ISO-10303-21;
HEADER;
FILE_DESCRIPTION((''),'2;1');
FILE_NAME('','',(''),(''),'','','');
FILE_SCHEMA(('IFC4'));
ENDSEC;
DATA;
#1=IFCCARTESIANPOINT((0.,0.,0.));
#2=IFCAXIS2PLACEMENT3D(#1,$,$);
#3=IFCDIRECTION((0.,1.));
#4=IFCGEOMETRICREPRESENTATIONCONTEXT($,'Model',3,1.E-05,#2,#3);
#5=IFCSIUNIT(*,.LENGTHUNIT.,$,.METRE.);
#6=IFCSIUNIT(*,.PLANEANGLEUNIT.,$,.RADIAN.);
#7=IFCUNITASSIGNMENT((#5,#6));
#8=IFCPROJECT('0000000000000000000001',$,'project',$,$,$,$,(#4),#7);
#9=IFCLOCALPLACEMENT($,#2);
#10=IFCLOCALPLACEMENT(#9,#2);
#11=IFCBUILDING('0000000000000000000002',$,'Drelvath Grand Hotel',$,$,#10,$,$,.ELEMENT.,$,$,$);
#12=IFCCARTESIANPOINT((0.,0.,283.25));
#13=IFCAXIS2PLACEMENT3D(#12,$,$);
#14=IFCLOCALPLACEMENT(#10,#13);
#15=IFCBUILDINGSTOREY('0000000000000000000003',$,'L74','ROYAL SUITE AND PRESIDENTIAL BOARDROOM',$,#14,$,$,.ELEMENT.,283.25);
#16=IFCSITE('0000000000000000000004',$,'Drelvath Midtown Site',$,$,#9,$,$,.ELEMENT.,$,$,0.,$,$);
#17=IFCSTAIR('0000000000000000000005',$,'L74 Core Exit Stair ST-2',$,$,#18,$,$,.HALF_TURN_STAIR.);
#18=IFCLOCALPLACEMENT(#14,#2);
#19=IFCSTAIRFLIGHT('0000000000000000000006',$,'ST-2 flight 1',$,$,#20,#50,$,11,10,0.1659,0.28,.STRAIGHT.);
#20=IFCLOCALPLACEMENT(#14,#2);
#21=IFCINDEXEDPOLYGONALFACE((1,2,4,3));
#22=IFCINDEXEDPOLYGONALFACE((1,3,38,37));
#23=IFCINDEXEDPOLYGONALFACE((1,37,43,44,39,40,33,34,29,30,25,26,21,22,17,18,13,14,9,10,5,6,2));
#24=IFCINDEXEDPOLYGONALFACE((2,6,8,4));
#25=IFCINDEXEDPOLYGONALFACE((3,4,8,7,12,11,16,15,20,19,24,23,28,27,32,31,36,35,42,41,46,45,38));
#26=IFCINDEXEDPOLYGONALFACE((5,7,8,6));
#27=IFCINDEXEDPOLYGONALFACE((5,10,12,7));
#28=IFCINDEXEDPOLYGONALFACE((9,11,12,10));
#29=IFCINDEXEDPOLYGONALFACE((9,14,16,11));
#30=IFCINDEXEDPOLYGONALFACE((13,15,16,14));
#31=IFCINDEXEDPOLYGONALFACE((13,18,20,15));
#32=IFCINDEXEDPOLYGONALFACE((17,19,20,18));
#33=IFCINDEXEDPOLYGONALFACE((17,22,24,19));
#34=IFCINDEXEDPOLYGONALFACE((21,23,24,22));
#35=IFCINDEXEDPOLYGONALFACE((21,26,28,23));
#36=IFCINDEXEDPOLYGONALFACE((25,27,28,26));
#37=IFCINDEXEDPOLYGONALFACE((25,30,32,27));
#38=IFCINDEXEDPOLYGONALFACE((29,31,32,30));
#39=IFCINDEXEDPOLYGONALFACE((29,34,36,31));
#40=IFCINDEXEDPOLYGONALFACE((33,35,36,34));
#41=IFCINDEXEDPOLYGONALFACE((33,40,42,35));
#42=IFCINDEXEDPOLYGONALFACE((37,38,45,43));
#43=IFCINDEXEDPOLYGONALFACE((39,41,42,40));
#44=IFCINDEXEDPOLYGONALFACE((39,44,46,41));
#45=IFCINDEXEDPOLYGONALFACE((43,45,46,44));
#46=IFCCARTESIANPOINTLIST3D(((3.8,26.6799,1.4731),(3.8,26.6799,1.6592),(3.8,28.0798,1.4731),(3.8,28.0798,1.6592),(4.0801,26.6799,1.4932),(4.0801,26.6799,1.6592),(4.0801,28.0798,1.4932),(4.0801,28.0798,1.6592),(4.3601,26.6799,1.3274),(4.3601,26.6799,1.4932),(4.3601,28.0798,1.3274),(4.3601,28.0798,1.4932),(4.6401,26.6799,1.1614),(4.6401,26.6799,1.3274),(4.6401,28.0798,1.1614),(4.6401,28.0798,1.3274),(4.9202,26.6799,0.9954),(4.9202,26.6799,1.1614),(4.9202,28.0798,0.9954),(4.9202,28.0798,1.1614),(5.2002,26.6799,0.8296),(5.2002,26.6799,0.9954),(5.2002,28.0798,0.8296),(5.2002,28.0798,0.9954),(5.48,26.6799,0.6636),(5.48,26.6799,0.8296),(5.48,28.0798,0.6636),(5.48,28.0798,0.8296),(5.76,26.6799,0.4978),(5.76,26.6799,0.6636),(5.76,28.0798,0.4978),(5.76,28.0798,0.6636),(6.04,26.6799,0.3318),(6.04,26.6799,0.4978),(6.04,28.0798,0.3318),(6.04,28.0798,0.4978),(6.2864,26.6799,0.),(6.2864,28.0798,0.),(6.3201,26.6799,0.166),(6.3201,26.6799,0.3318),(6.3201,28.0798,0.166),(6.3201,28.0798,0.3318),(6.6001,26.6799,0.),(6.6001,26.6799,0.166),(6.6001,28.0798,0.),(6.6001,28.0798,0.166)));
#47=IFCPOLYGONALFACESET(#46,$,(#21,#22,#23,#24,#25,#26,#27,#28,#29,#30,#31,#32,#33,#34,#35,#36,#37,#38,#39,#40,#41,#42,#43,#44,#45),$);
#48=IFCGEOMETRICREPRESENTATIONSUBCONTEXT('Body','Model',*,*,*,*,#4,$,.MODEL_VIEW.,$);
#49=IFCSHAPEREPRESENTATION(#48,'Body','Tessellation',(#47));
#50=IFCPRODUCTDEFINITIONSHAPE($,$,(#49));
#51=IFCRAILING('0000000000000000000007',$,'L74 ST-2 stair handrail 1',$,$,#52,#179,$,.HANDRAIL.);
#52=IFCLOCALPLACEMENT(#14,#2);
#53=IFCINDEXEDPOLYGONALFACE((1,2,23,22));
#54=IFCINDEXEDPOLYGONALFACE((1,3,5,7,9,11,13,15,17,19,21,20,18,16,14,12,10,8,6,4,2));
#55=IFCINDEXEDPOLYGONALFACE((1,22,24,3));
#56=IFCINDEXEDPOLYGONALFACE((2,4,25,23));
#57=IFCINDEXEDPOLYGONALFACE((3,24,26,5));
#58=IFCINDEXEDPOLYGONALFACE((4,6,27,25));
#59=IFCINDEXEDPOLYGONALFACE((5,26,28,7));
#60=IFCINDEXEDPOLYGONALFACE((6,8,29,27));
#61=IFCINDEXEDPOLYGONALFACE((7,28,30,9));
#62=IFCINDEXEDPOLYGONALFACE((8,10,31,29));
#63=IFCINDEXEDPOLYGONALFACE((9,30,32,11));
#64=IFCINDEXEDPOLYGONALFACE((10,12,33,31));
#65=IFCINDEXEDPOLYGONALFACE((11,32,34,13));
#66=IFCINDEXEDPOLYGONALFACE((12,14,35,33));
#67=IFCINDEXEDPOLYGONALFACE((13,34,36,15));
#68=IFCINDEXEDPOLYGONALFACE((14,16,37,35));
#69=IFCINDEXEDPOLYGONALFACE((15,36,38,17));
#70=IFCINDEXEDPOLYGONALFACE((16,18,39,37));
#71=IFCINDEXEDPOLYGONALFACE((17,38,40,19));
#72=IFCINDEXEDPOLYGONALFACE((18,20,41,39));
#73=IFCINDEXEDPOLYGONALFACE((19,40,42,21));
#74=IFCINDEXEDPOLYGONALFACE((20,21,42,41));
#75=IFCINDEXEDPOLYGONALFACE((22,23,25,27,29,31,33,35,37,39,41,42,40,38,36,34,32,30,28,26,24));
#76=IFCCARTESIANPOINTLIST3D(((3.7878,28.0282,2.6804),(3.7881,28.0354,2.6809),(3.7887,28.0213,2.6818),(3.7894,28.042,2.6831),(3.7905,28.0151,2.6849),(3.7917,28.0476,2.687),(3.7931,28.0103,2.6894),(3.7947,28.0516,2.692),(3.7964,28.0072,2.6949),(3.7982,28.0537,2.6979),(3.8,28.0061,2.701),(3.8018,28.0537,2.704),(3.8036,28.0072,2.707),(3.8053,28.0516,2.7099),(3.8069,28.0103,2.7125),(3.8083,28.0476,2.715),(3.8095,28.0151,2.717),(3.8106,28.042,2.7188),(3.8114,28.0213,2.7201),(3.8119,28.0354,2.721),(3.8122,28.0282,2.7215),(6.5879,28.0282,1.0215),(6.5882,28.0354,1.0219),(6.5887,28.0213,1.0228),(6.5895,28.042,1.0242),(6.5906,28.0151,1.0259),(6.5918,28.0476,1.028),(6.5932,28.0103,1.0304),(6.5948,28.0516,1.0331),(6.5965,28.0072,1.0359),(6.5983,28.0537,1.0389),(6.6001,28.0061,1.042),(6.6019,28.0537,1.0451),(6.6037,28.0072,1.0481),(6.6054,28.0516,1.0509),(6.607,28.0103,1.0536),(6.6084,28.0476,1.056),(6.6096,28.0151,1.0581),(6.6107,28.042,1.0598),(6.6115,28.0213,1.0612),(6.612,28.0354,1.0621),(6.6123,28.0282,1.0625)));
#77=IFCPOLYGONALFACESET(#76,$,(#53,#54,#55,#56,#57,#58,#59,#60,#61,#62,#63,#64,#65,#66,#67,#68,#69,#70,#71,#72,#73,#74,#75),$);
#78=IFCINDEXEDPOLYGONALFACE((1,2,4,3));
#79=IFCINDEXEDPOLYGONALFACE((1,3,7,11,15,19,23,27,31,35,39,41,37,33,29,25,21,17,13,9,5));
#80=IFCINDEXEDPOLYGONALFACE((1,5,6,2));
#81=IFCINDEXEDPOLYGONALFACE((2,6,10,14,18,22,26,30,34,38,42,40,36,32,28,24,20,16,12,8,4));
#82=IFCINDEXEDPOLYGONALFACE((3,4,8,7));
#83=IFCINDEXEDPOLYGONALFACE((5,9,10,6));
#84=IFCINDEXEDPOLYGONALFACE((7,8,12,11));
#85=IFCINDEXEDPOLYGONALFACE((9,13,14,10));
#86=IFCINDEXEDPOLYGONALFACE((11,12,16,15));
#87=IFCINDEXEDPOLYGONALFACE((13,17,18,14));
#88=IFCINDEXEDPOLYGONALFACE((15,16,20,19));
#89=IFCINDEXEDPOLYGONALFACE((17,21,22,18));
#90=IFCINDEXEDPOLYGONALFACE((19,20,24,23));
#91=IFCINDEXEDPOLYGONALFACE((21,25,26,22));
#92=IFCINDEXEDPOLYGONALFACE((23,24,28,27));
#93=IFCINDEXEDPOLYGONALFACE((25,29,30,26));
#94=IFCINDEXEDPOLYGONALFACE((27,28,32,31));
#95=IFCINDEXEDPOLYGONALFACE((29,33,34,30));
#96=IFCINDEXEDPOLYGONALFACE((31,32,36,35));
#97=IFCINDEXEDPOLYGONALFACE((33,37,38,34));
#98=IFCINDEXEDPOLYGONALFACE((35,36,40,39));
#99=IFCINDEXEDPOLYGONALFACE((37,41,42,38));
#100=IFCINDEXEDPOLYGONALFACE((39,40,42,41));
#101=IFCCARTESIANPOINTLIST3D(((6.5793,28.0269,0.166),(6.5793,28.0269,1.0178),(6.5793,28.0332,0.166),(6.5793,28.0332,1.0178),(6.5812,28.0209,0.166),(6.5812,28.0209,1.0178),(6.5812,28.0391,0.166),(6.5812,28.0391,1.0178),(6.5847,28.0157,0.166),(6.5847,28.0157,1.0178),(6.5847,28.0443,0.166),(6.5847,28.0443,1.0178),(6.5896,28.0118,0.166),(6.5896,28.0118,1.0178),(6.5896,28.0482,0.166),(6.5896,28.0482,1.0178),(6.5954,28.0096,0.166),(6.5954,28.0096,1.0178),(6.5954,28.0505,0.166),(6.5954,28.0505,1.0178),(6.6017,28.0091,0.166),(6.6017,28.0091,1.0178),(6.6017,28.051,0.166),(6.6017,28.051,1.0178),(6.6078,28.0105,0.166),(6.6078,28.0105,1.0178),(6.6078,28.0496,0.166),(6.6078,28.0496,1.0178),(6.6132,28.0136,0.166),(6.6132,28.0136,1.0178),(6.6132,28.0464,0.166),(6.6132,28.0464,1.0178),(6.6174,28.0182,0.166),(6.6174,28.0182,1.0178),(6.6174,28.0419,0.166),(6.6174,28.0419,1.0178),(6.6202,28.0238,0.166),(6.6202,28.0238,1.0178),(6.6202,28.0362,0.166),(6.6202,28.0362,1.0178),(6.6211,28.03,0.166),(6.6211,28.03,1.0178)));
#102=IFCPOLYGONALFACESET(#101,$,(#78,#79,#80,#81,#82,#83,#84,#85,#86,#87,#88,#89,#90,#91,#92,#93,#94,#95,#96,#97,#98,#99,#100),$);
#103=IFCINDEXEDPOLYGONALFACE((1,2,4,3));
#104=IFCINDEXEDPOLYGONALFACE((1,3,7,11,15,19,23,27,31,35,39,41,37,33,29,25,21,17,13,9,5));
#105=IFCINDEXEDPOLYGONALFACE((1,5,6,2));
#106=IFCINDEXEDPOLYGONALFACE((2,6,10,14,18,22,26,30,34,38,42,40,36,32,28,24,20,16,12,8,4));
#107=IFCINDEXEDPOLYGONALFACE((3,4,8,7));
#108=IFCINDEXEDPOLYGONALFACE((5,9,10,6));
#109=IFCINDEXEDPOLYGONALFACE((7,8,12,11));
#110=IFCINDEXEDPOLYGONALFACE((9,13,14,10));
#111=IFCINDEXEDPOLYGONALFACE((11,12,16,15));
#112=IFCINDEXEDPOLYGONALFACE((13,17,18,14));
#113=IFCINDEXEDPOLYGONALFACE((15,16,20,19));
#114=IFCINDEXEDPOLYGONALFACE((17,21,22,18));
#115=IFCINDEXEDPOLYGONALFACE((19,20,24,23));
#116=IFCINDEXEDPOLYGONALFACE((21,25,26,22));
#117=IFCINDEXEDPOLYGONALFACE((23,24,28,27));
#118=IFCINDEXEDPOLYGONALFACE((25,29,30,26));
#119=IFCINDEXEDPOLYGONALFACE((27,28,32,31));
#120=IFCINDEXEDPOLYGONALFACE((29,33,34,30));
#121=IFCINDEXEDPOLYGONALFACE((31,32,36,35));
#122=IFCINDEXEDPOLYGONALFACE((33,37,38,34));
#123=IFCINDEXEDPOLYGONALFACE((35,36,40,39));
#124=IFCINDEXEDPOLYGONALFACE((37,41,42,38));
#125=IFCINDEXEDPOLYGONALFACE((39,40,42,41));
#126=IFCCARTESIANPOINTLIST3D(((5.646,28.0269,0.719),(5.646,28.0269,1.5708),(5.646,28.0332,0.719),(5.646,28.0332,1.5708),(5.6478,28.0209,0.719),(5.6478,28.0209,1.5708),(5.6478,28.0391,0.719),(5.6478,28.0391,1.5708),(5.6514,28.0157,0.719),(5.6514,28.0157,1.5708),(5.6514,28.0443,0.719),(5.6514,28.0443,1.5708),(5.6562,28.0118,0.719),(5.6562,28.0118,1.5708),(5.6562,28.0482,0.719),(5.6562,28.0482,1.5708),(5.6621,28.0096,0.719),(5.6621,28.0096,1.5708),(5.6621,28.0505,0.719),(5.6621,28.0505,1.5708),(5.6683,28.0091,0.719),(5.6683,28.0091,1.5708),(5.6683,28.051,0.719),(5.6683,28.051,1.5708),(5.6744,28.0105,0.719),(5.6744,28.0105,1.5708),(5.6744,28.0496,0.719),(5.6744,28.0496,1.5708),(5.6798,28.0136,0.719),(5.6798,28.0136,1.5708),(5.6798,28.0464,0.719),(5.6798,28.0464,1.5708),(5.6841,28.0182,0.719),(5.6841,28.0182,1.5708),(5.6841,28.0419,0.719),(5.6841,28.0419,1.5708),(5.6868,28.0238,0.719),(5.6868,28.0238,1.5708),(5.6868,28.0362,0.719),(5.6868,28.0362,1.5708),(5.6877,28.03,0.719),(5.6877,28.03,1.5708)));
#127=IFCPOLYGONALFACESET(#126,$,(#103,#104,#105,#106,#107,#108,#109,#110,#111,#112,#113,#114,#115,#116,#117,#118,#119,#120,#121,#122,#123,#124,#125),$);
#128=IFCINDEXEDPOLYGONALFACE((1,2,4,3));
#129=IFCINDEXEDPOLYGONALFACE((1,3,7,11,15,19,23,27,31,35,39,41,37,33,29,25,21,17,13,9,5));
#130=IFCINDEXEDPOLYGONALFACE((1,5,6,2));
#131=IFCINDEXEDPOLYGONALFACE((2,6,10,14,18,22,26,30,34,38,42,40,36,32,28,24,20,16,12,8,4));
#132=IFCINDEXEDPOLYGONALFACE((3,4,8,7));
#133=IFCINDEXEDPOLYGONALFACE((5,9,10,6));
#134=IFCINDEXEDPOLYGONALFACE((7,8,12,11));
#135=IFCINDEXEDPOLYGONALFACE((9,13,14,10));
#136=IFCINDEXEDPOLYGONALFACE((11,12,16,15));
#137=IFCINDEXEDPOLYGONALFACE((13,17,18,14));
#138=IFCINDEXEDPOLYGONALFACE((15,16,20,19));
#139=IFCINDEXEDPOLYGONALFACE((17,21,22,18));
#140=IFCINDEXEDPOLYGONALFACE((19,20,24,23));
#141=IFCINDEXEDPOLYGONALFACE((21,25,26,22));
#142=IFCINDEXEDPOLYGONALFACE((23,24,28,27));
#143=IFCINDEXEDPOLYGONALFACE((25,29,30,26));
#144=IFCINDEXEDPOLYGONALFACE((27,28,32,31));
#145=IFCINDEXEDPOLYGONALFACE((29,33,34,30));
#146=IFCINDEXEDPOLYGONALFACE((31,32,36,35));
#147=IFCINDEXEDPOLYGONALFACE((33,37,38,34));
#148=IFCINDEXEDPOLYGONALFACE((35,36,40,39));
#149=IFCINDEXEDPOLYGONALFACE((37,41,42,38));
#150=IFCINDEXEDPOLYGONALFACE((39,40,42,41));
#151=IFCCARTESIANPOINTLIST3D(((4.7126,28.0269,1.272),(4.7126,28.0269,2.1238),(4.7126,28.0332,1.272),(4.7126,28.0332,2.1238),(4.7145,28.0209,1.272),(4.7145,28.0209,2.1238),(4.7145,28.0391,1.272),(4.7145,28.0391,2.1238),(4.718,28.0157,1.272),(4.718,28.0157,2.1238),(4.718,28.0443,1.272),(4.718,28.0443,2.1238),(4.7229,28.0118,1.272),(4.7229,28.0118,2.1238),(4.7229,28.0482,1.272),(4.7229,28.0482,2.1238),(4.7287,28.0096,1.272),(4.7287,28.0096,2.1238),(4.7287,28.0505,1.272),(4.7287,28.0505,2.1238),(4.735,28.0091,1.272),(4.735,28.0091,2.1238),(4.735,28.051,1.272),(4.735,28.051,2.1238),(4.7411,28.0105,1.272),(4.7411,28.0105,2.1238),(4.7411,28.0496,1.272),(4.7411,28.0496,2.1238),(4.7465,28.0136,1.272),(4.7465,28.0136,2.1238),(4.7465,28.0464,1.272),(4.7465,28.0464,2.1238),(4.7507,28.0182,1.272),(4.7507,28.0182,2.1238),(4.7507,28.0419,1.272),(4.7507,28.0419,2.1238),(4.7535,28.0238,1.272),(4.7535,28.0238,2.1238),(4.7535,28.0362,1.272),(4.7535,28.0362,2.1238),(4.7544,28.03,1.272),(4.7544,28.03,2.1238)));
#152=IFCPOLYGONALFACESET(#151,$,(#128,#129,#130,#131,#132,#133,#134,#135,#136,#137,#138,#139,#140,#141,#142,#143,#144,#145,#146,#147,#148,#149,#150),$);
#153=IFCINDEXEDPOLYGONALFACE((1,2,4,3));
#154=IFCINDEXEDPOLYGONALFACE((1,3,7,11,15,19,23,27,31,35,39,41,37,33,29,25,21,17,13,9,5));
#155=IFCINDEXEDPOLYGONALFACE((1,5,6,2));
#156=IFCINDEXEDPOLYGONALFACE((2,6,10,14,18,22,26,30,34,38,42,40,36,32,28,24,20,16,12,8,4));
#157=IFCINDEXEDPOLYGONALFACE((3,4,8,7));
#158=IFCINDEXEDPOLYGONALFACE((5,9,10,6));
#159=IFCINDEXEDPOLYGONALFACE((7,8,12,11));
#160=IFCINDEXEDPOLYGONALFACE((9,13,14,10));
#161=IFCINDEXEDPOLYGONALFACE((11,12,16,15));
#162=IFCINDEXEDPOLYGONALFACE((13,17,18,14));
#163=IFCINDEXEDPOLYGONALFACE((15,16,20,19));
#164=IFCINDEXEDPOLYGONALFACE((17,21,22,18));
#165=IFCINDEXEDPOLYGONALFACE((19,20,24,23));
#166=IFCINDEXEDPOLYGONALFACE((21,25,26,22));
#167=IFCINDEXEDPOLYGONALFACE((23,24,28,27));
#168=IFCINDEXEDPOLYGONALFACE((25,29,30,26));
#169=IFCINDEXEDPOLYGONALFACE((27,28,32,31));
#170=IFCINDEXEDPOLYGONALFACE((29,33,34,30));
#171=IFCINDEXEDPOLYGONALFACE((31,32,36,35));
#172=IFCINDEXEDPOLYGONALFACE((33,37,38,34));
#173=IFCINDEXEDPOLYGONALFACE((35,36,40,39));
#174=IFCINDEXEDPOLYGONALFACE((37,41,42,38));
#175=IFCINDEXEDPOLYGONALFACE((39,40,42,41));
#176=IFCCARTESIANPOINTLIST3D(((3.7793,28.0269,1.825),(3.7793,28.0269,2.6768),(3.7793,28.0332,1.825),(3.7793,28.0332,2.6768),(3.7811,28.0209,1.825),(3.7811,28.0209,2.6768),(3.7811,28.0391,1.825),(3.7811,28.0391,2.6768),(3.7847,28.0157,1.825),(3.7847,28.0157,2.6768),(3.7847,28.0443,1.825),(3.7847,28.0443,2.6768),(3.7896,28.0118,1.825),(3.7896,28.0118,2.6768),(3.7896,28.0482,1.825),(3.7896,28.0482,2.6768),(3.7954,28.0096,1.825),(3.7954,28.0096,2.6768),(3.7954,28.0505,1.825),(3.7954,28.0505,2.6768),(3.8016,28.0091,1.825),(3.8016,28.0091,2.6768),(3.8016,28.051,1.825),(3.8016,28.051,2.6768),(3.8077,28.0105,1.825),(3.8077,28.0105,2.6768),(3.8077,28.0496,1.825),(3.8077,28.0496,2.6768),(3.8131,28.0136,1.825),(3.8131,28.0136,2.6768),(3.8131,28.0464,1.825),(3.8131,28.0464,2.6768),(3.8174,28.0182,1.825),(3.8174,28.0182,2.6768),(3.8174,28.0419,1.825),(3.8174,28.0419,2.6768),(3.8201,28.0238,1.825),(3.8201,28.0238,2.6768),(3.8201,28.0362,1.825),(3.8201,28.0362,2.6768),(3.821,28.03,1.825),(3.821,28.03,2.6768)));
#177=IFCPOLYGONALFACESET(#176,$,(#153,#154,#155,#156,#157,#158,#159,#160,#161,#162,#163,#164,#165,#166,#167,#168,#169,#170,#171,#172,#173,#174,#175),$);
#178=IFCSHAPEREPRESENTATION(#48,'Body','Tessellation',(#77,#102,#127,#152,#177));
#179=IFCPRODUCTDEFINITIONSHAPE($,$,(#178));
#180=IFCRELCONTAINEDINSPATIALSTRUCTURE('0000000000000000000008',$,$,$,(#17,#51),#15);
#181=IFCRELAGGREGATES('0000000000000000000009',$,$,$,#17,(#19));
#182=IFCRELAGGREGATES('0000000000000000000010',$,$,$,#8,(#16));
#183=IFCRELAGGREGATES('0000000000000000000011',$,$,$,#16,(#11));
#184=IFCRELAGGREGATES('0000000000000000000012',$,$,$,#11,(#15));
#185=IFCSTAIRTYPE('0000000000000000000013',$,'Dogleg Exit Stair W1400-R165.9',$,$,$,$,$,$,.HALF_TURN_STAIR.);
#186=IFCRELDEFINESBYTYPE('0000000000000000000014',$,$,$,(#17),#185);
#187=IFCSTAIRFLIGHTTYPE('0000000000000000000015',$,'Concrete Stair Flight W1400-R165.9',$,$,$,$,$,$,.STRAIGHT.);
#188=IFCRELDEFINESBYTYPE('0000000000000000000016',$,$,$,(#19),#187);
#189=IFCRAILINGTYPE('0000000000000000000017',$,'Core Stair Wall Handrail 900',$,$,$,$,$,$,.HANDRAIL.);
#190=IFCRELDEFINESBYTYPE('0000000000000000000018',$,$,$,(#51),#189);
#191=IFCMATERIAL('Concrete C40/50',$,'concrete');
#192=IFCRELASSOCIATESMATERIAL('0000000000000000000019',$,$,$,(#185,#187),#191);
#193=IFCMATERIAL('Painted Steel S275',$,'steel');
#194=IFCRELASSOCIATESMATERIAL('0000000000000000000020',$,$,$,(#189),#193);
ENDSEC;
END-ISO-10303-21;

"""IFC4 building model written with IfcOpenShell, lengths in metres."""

from ifc_helpers import new_model, si_unit, direction, frame, origin, origin_2d, place, context, subcontext, project, spatial, polyline, circle, outline, extrude, material, type_object, element, aggregate, save


model = new_model("IFC4")

# Units and contexts
model_context = context("Model", 3, precision=1e-05, world=origin(), true_north=direction((0.0, 1.0)))
body_context = subcontext(model_context, "Body", "Model", "MODEL_VIEW")
ifc_project = project(units=[si_unit("LENGTHUNIT", "METRE"), si_unit("PLANEANGLEUNIT", "RADIAN")], contexts=[model_context])

# Site, building, storey
site_placement = place(None, origin())
site = spatial("IfcSite", under=ifc_project, at=site_placement, Name="Drelvath Midtown Site", CompositionType="ELEMENT", RefElevation=0.0)
building_placement = place(site_placement, origin())
building = spatial("IfcBuilding", under=site, at=building_placement, Name="Drelvath Grand Hotel", CompositionType="ELEMENT")
storey_placement = place(building_placement, frame((0.0, 0.0, 283.25)))
storey = spatial("IfcBuildingStorey", under=building, at=storey_placement, Name="L74", Description="ROYAL SUITE AND PRESIDENTIAL BOARDROOM", CompositionType="ELEMENT", Elevation=283.25)

# Shared definitions
ifc_material_1 = material(Name="Concrete C40/50", Category="concrete")

# Shared definitions
ifc_material_2 = material(Name="Painted Steel S275", Category="steel")

# Stair, stair flight
stair_type = type_object("IfcStairType", Name="Dogleg Exit Stair W1400-R165.9", PredefinedType="HALF_TURN_STAIR", material=ifc_material_1)
stair_placement = place(storey_placement, origin())
stair = element("IfcStair", 1, at=stair_placement, inside=storey, type_object=stair_type, Name="L74 Core Exit Stair ST-2", PredefinedType="HALF_TURN_STAIR")
stair_flight_type = type_object("IfcStairFlightType", Name="Concrete Stair Flight W1400-R165.9", PredefinedType="STRAIGHT", material=ifc_material_1)
stair_flight_placement = place(storey_placement, frame((6.6001, 27.3799, 0.0), z_axis=(0.0, 0.0, 1.0), x_axis=(-1.0, 0.0, 0.0)))
stair_flight = element("IfcStairFlight", 2, at=stair_flight_placement, type_object=stair_flight_type, Name="ST-2 flight 1", NumberOfRisers=11, NumberOfTreads=10, PredefinedType="STRAIGHT", RiserHeight=0.1659, TreadLength=0.28, context=body_context, shape_type="SweptSolid", body=[
    extrude(outline(polyline([(0.0, 0.0), (0.0, 0.166), (0.28, 0.166), (0.28, 0.3318), (0.5601, 0.3318), (0.5601, 0.4978), (0.8401, 0.4978), (0.8401, 0.6636), (1.1201, 0.6636), (1.1201, 0.8296), (1.3999, 0.8296), (1.3999, 0.9954), (1.6799, 0.9954), (1.6799, 1.1614), (1.96, 1.1614), (1.96, 1.3274), (2.24, 1.3274), (2.24, 1.4932), (2.52, 1.4932), (2.52, 1.6592), (2.8, 1.6592), (2.8, 1.825), (2.8, 1.4731), (0.3137, 0.0), (0.0, 0.0)])), frame((0.0, 0.7, 0.0), z_axis=(0.0, -1.0, 0.0), x_axis=(1.0, 0.0, 0.0)), (0.0, 0.0, 1.0), 1.3999),
])
aggregate(stair, [stair_flight])

# Railing
railing_type_1 = type_object("IfcRailingType", Name="Core Stair Wall Handrail 900", PredefinedType="HANDRAIL", material=ifc_material_2)
railing_1_placement = place(storey_placement, frame((6.6001, 28.03, 0.166)))
element("IfcRailing", 3, at=railing_1_placement, inside=storey, type_object=railing_type_1, Name="L74 ST-2 stair handrail 1", PredefinedType="HANDRAIL", context=body_context, shape_type="SweptSolid", body=[
    extrude(circle(Radius=0.0239, at=origin_2d()), frame((0.0, 0.0, 0.876), z_axis=(-0.860339, 0.0, 0.509722), x_axis=(0.0, -1.0, 0.0)), (0.0, 0.0, 1.0), 3.2546),
    extrude(circle(Radius=0.021, at=origin_2d()), origin(), (0.0, 0.0, 1.0), 0.8518),
    extrude(circle(Radius=0.021, at=origin_2d()), frame((-0.9333, 0.0, 0.553)), (0.0, 0.0, 1.0), 0.8518),
    extrude(circle(Radius=0.021, at=origin_2d()), frame((-1.8667, 0.0, 1.106)), (0.0, 0.0, 1.0), 0.8518),
    extrude(circle(Radius=0.021, at=origin_2d()), frame((-2.8, 0.0, 1.6589)), (0.0, 0.0, 1.0), 0.8518),
])

save(model, "model.ifc")
